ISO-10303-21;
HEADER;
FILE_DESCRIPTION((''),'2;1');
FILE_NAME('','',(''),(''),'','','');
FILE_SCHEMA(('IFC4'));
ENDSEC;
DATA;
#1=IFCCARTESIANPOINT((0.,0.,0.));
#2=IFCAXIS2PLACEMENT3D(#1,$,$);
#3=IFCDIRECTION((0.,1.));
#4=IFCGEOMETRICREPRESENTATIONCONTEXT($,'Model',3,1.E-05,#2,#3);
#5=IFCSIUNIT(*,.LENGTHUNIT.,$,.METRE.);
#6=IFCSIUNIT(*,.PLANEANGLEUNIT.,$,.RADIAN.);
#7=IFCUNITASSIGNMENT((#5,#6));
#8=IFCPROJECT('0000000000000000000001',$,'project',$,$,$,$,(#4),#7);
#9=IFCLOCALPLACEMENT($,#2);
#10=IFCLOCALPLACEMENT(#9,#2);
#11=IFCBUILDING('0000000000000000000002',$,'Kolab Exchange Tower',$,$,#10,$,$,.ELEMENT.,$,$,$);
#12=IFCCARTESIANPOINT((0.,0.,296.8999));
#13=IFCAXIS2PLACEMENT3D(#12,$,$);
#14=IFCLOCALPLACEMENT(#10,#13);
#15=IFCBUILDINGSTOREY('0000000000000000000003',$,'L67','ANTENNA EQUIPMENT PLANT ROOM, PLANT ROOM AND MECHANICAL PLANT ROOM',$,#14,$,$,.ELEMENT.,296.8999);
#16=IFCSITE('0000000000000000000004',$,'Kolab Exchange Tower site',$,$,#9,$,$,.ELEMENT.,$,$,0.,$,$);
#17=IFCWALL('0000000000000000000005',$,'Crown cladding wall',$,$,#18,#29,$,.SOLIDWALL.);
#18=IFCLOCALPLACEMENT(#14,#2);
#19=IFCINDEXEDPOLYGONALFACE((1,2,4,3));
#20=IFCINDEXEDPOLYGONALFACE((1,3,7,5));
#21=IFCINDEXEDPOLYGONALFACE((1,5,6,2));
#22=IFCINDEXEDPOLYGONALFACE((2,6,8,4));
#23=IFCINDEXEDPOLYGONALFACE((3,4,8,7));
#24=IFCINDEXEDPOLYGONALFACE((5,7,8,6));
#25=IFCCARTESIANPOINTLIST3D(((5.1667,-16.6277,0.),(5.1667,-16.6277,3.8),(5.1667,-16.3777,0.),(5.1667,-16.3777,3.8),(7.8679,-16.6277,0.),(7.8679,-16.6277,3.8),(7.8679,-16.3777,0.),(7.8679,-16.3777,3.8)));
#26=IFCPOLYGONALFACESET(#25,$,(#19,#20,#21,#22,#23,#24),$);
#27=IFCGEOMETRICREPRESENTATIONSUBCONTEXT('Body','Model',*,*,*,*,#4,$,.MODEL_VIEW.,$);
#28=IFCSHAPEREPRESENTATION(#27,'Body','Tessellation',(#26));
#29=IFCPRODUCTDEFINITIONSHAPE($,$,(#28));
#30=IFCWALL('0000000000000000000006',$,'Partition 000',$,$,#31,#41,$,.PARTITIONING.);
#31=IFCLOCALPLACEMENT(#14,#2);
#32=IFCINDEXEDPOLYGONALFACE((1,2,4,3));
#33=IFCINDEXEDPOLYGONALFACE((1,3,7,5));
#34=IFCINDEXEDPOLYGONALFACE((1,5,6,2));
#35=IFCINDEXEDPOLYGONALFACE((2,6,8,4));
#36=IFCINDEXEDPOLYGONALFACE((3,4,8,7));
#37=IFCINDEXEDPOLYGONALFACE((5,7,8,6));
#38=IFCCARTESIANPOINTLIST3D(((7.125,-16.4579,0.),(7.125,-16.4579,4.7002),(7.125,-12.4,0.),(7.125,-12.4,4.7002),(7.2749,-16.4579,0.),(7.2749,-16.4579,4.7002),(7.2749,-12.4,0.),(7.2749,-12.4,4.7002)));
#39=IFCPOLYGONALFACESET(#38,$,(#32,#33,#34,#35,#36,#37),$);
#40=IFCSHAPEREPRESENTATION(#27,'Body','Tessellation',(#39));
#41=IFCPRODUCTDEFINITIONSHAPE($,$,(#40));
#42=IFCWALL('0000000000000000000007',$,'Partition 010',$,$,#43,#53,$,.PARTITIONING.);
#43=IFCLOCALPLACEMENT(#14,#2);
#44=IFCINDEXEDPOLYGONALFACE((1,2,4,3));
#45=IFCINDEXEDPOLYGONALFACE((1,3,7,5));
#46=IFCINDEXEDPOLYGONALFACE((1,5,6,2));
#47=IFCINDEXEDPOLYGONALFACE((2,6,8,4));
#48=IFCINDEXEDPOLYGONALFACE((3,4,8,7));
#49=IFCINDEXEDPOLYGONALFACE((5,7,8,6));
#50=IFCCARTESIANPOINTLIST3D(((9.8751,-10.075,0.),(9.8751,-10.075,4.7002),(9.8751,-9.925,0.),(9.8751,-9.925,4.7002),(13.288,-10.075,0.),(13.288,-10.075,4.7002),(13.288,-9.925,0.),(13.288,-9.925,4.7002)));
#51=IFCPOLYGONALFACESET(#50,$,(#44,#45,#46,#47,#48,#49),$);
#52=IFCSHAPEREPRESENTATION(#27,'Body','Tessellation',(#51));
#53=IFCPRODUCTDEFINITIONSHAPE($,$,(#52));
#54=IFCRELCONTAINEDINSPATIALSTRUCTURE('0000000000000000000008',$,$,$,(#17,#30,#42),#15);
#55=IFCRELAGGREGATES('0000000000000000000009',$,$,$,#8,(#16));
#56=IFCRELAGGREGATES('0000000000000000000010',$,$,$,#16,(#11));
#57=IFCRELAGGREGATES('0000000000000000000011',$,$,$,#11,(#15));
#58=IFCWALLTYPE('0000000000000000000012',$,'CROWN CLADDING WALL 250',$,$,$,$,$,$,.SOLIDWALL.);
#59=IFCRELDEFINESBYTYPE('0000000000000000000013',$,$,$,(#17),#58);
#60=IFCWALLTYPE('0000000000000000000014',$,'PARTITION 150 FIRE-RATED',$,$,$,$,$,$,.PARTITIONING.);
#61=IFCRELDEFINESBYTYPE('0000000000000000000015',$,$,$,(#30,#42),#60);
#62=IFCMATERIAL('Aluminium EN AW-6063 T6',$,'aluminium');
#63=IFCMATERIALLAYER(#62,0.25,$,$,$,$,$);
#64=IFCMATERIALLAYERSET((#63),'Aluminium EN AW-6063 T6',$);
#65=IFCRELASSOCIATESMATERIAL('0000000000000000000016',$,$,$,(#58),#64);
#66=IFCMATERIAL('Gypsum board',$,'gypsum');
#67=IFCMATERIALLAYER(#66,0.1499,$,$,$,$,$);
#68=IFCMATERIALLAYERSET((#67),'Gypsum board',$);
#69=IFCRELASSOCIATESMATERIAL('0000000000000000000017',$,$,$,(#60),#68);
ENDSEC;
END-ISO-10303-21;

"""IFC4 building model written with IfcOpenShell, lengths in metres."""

from ifc_helpers import new_model, si_unit, direction, frame, frame_2d, origin, place, context, subcontext, project, spatial, rectangle, extrude, material, layer, layer_set, type_object, element, save


model = new_model("IFC4")

# Units and contexts
model_context = context("Model", 3, precision=1e-05, world=origin(), true_north=direction((0.0, 1.0)))
body_context = subcontext(model_context, "Body", "Model", "MODEL_VIEW")
ifc_project = project(units=[si_unit("LENGTHUNIT", "METRE"), si_unit("PLANEANGLEUNIT", "RADIAN")], contexts=[model_context])

# Site, building, storey
site_placement = place(None, origin())
site = spatial("IfcSite", under=ifc_project, at=site_placement, Name="Kolab Exchange Tower site", CompositionType="ELEMENT", RefElevation=0.0)
building_placement = place(site_placement, origin())
building = spatial("IfcBuilding", under=site, at=building_placement, Name="Kolab Exchange Tower", CompositionType="ELEMENT")
storey_placement = place(building_placement, frame((0.0, 0.0, 296.8999)))
storey = spatial("IfcBuildingStorey", under=building, at=storey_placement, Name="L67", Description="ANTENNA EQUIPMENT PLANT ROOM, PLANT ROOM AND MECHANICAL PLANT ROOM", CompositionType="ELEMENT", Elevation=296.8999)

# Shared definitions
ifc_material_1 = material(Name="Aluminium EN AW-6063 T6", Category="aluminium")
ifc_layer_1 = layer(ifc_material_1, 0.25)
ifc_layer_set_1 = layer_set([ifc_layer_1], Name="Aluminium EN AW-6063 T6")
wall_type_1 = type_object("IfcWallType", Name="CROWN CLADDING WALL 250", PredefinedType="SOLIDWALL", material=ifc_layer_set_1)

# Walls
wall_1_placement = place(storey_placement, frame((7.8679, -16.5027, 0.0), z_axis=(0.0, 0.0, 1.0), x_axis=(-1.0, 0.0, 0.0)))
element("IfcWall", 1, at=wall_1_placement, inside=storey, type_object=wall_type_1, Name="Crown cladding wall", PredefinedType="SOLIDWALL", context=body_context, shape_type="SweptSolid", body=[
    extrude(rectangle(XDim=2.7012, YDim=0.25, at=frame_2d((1.3506, 0.0))), origin(), (0.0, 0.0, 1.0), 3.8),
])
ifc_material_2 = material(Name="Gypsum board", Category="gypsum")
ifc_layer_2 = layer(ifc_material_2, 0.1499)
ifc_layer_set_2 = layer_set([ifc_layer_2], Name="Gypsum board")
wall_type_2 = type_object("IfcWallType", Name="PARTITION 150 FIRE-RATED", PredefinedType="PARTITIONING", material=ifc_layer_set_2)
wall_2_placement = place(storey_placement, frame((7.2, -16.4578, 0.0), z_axis=(0.0, 0.0, 1.0), x_axis=(0.0, 1.0, 0.0)))
element("IfcWall", 2, at=wall_2_placement, inside=storey, type_object=wall_type_2, Name="Partition 000", PredefinedType="PARTITIONING", context=body_context, shape_type="SweptSolid", body=[
    extrude(rectangle(XDim=4.0579, YDim=0.1499, at=frame_2d((2.0288, 0.0))), origin(), (0.0, 0.0, 1.0), 4.7002),
])
wall_3_placement = place(storey_placement, frame((9.875, -10.0, 0.0), z_axis=(0.0, 0.0, 1.0), x_axis=(1.0, 0.0, 0.0)))
element("IfcWall", 3, at=wall_3_placement, inside=storey, type_object=wall_type_2, Name="Partition 010", PredefinedType="PARTITIONING", context=body_context, shape_type="SweptSolid", body=[
    extrude(rectangle(XDim=3.4128, YDim=0.1499, at=frame_2d((1.7065, 0.0))), origin(), (0.0, 0.0, 1.0), 4.7002),
])

save(model, "model.ifc")
